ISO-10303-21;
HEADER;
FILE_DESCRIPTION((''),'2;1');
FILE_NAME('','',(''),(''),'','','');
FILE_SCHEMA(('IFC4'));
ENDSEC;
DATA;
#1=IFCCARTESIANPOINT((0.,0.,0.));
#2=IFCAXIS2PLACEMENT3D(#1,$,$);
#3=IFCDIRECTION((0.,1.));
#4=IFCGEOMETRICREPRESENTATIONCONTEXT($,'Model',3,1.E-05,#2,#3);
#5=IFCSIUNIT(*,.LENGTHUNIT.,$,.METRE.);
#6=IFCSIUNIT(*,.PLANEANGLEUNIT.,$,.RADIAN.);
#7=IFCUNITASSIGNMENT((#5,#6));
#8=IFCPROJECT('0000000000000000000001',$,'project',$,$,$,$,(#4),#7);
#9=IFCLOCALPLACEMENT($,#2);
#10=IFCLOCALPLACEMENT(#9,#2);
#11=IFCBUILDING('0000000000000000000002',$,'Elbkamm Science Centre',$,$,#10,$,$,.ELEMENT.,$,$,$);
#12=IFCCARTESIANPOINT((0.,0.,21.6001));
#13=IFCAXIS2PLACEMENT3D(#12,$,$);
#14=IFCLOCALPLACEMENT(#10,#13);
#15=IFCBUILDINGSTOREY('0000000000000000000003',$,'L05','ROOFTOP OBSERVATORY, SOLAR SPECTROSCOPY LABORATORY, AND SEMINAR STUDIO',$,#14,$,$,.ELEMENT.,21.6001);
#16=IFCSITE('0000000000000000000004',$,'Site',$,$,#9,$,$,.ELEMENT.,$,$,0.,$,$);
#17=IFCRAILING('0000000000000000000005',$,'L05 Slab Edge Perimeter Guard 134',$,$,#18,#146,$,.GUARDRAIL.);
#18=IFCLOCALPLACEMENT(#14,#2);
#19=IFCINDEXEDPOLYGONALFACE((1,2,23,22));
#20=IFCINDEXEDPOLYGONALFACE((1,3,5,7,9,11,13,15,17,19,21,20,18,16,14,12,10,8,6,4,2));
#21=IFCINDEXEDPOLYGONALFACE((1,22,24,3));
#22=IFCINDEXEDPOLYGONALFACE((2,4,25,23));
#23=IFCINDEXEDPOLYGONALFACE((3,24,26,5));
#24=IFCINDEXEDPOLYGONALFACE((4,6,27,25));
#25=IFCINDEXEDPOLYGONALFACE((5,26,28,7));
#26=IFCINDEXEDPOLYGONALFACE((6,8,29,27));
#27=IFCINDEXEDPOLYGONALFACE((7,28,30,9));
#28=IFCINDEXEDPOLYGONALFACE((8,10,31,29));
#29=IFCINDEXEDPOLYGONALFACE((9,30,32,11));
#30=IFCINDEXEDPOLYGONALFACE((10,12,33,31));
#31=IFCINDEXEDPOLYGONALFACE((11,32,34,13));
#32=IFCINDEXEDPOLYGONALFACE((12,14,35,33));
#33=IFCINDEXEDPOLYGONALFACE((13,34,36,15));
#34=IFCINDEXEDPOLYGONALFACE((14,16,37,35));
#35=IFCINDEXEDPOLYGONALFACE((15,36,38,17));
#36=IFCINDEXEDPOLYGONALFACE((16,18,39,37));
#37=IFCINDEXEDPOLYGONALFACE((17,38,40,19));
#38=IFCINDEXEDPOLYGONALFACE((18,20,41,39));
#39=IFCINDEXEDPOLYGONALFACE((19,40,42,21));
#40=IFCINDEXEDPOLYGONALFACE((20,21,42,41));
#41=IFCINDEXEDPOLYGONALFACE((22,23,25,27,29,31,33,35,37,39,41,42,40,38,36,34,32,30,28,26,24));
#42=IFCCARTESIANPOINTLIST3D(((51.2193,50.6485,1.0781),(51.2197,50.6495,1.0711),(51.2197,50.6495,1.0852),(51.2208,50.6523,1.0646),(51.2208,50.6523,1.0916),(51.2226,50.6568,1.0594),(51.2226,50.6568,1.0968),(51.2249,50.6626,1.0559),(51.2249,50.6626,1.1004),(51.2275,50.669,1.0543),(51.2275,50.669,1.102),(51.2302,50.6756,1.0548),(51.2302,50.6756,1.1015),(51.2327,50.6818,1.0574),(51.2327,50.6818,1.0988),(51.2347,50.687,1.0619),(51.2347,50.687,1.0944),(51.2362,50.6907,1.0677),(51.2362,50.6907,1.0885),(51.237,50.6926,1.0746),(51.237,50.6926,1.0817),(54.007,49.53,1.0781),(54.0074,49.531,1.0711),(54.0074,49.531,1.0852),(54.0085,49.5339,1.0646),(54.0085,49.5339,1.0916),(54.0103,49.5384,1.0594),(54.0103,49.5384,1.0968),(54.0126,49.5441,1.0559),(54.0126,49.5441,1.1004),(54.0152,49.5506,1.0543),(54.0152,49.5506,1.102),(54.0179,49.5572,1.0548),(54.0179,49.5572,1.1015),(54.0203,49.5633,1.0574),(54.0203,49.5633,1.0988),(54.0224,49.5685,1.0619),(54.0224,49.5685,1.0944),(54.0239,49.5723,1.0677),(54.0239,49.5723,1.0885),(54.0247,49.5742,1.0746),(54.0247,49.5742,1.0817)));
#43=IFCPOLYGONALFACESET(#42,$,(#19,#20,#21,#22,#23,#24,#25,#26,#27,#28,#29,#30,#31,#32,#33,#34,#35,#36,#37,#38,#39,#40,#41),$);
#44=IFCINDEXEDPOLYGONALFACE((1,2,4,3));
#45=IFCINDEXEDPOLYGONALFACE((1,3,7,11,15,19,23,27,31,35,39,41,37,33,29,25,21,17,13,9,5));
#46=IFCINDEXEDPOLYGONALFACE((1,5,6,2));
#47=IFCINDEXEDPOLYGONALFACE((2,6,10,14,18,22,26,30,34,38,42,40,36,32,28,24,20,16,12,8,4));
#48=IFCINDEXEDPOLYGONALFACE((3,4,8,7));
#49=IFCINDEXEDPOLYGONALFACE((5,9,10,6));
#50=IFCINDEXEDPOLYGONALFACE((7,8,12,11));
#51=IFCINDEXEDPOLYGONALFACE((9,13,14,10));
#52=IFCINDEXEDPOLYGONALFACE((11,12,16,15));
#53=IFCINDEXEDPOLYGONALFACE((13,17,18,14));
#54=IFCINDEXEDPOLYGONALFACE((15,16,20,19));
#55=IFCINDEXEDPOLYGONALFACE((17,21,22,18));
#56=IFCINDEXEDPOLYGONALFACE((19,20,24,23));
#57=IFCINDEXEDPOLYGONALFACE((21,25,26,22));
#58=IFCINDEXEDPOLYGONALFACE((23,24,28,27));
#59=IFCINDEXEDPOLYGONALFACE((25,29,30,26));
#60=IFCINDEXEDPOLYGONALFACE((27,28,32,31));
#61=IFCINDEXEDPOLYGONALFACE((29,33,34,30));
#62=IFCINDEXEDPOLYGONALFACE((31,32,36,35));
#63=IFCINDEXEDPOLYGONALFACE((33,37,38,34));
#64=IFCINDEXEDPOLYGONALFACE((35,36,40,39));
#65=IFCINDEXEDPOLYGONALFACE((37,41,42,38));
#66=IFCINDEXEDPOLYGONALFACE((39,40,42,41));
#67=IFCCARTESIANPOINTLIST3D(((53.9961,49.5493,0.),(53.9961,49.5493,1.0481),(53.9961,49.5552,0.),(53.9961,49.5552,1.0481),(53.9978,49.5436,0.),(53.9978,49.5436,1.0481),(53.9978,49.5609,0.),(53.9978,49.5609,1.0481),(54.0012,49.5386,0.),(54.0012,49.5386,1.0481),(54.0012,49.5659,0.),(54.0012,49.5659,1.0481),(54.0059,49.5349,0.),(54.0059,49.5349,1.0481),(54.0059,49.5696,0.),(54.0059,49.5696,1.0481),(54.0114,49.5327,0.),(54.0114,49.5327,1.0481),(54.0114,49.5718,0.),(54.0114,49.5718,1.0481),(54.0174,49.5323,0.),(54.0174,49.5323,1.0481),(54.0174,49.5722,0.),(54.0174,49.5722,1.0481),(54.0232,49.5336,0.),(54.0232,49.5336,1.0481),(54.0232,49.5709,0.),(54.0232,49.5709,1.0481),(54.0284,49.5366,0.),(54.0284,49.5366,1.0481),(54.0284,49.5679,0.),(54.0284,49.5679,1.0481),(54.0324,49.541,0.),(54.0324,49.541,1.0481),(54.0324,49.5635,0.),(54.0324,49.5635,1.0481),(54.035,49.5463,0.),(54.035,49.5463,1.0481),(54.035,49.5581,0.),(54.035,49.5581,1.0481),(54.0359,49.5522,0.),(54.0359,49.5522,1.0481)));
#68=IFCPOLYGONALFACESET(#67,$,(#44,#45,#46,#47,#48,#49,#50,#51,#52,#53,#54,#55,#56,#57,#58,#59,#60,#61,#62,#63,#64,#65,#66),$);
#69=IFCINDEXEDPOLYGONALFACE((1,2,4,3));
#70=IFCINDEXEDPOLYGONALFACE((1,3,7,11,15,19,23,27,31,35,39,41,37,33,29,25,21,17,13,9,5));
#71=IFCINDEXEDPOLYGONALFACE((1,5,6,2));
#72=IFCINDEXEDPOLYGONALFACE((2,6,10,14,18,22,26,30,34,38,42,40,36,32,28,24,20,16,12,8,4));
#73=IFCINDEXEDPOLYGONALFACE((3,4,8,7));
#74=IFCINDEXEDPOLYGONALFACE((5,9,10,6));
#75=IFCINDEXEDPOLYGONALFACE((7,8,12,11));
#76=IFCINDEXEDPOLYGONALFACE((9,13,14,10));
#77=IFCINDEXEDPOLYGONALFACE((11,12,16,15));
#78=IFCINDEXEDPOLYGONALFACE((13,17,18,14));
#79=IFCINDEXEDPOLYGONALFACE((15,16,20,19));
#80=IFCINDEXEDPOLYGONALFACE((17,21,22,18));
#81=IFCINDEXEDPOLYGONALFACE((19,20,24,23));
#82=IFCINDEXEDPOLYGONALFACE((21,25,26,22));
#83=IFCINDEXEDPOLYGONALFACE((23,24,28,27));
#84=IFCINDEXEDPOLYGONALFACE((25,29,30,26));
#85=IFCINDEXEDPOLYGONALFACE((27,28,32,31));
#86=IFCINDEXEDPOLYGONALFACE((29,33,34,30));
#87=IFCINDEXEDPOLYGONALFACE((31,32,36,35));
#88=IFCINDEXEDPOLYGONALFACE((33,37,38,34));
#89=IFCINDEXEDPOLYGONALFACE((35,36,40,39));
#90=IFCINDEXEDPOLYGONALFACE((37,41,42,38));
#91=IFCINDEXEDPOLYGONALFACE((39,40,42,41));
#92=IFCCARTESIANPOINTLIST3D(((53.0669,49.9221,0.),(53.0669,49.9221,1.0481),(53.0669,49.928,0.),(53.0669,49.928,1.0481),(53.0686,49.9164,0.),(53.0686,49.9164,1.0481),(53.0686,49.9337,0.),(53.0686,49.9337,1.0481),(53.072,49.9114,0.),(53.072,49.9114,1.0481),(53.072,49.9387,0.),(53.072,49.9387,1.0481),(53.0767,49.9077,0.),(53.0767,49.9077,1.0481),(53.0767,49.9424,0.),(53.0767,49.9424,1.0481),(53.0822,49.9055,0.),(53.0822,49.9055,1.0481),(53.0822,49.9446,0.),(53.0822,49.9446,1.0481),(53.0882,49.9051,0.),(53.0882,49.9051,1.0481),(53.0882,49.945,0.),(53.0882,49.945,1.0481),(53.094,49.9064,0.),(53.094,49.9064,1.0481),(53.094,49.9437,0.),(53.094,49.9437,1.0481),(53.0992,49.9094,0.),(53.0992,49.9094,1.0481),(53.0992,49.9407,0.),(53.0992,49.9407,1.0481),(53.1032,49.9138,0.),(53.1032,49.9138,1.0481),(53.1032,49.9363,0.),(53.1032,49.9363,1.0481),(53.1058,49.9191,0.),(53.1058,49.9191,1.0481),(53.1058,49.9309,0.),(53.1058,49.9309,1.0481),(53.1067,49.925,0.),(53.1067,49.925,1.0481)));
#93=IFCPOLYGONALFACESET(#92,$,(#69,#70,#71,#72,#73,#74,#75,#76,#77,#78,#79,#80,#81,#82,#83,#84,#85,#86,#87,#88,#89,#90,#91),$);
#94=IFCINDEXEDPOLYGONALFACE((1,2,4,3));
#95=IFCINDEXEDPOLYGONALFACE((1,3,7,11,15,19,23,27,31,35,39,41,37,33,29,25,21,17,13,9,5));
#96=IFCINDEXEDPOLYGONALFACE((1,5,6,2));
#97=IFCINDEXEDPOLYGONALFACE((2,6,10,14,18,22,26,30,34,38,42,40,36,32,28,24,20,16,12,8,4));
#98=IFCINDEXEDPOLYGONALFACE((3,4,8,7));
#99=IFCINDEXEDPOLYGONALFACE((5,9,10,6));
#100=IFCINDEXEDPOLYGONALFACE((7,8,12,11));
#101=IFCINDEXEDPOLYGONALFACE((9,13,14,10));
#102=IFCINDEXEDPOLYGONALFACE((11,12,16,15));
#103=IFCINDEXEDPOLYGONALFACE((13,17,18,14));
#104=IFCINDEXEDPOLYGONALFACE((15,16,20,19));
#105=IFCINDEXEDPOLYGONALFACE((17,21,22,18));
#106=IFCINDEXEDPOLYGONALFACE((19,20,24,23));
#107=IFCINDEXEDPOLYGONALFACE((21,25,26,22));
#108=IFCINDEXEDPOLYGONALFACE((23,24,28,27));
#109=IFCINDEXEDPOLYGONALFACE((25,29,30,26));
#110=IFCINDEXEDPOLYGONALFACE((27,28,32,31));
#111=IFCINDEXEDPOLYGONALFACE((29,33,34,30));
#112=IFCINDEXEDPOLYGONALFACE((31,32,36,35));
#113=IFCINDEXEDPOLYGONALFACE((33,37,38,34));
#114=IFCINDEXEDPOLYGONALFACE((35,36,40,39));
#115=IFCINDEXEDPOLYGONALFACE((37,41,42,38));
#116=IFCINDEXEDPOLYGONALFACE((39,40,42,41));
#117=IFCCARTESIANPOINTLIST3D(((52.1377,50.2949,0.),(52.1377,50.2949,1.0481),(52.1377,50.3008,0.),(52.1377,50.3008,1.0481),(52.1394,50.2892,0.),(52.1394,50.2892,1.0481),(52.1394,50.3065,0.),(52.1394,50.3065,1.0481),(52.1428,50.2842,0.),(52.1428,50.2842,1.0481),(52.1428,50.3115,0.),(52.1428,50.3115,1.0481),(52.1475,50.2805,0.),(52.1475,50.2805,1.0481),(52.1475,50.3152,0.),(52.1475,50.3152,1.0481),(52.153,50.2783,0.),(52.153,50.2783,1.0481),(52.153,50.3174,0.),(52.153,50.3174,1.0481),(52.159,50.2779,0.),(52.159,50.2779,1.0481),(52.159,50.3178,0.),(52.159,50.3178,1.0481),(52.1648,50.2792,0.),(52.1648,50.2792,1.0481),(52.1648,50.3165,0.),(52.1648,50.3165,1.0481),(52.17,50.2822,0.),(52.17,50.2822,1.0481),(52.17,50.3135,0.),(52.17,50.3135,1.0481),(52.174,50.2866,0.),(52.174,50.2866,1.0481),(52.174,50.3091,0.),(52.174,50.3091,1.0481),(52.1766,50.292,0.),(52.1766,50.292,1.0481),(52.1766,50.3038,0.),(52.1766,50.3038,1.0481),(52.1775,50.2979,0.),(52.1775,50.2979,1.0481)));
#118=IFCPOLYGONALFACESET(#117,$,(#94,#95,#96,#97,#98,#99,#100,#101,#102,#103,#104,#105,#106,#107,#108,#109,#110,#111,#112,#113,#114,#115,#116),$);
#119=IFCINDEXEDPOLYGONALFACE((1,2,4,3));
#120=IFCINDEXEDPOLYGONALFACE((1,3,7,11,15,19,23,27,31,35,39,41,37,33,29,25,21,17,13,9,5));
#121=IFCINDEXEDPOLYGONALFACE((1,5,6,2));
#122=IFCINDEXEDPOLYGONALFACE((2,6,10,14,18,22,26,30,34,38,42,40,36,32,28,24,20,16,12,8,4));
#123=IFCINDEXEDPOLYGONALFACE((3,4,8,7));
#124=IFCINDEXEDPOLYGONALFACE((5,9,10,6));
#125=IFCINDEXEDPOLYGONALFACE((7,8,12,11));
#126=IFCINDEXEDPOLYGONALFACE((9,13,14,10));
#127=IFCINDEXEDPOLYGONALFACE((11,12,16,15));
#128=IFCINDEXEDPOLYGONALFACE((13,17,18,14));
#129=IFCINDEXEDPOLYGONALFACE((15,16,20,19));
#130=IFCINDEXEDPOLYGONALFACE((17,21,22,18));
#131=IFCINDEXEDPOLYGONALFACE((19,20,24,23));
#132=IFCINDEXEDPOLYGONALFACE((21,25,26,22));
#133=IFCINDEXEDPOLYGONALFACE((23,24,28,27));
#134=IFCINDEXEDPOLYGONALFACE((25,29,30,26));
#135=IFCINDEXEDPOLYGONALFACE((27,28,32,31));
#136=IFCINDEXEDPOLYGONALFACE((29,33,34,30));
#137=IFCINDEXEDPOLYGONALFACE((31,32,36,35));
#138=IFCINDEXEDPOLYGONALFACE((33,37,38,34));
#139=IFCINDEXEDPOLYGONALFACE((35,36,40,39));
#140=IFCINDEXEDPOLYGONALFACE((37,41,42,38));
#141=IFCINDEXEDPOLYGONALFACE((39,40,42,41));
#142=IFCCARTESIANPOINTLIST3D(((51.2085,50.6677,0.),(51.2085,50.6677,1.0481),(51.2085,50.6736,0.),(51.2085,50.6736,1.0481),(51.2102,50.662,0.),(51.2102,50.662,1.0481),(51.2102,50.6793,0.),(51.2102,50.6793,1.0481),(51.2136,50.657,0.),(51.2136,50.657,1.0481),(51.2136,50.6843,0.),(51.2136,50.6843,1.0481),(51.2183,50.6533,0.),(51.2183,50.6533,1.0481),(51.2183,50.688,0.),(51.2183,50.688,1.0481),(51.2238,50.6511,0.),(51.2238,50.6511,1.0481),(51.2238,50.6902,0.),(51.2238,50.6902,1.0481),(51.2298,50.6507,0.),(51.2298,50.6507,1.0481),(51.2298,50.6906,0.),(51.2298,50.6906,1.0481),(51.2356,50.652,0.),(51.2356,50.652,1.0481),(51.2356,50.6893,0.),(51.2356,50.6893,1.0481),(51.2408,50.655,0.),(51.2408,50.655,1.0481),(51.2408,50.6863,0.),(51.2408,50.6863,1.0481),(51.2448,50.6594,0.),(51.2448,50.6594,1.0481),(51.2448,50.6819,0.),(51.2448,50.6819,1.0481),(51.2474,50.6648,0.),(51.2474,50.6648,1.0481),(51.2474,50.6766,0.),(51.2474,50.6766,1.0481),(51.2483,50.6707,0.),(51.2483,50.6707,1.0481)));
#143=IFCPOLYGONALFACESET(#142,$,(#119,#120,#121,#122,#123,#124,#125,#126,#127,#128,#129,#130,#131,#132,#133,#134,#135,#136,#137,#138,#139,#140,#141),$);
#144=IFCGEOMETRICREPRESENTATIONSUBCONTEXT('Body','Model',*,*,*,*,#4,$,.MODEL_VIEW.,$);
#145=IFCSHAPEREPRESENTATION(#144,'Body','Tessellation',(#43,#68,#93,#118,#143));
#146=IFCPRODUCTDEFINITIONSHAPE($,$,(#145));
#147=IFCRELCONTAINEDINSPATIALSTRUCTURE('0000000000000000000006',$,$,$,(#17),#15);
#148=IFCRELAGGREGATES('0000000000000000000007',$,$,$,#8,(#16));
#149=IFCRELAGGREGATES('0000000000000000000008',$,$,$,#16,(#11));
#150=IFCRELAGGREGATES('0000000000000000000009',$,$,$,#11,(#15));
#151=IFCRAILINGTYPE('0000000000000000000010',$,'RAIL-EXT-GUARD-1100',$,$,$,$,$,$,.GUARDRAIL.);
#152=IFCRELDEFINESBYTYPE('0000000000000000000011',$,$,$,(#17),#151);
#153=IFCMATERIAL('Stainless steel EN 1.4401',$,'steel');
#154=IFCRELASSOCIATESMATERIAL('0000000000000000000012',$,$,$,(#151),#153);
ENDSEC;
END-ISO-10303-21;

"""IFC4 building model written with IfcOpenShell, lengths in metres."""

from ifc_helpers import new_model, si_unit, direction, frame, origin, origin_2d, place, context, subcontext, project, spatial, circle, extrude, material, type_object, element, save


model = new_model("IFC4")

# Units and contexts
model_context = context("Model", 3, precision=1e-05, world=origin(), true_north=direction((0.0, 1.0)))
body_context = subcontext(model_context, "Body", "Model", "MODEL_VIEW")
ifc_project = project(units=[si_unit("LENGTHUNIT", "METRE"), si_unit("PLANEANGLEUNIT", "RADIAN")], contexts=[model_context])

# Site, building, storey
site_placement = place(None, origin())
site = spatial("IfcSite", under=ifc_project, at=site_placement, Name="Site", CompositionType="ELEMENT", RefElevation=0.0)
building_placement = place(site_placement, origin())
building = spatial("IfcBuilding", under=site, at=building_placement, Name="Elbkamm Science Centre", CompositionType="ELEMENT")
storey_placement = place(building_placement, frame((0.0, 0.0, 21.6001)))
storey = spatial("IfcBuildingStorey", under=building, at=storey_placement, Name="L05", Description="ROOFTOP OBSERVATORY, SOLAR SPECTROSCOPY LABORATORY, AND SEMINAR STUDIO", CompositionType="ELEMENT", Elevation=21.6001)

# Railing
ifc_material_1 = material(Name="Stainless steel EN 1.4401", Category="steel")
railing_type = type_object("IfcRailingType", Name="RAIL-EXT-GUARD-1100", PredefinedType="GUARDRAIL", material=ifc_material_1)
railing_placement = place(storey_placement, frame((54.0159, 49.5522, 0.0)))
element("IfcRailing", 1, at=railing_placement, inside=storey, type_object=railing_type, Name="L05 Slab Edge Perimeter Guard 134", PredefinedType="GUARDRAIL", context=body_context, shape_type="SweptSolid", body=[
    extrude(circle(Radius=0.0239, at=origin_2d()), frame((0.0, 0.0, 1.0781), z_axis=(-0.928089, 0.372357, 0.0), x_axis=(-0.372357, -0.928089, 0.0)), (0.0, 0.0, 1.0), 3.0037),
    extrude(circle(Radius=0.02, at=origin_2d()), origin(), (0.0, 0.0, 1.0), 1.0481),
    extrude(circle(Radius=0.02, at=origin_2d()), frame((-0.9292, 0.3728, 0.0)), (0.0, 0.0, 1.0), 1.0481),
    extrude(circle(Radius=0.02, at=origin_2d()), frame((-1.8584, 0.7456, 0.0)), (0.0, 0.0, 1.0), 1.0481),
    extrude(circle(Radius=0.02, at=origin_2d()), frame((-2.7876, 1.1184, 0.0)), (0.0, 0.0, 1.0), 1.0481),
])

save(model, "model.ifc")
